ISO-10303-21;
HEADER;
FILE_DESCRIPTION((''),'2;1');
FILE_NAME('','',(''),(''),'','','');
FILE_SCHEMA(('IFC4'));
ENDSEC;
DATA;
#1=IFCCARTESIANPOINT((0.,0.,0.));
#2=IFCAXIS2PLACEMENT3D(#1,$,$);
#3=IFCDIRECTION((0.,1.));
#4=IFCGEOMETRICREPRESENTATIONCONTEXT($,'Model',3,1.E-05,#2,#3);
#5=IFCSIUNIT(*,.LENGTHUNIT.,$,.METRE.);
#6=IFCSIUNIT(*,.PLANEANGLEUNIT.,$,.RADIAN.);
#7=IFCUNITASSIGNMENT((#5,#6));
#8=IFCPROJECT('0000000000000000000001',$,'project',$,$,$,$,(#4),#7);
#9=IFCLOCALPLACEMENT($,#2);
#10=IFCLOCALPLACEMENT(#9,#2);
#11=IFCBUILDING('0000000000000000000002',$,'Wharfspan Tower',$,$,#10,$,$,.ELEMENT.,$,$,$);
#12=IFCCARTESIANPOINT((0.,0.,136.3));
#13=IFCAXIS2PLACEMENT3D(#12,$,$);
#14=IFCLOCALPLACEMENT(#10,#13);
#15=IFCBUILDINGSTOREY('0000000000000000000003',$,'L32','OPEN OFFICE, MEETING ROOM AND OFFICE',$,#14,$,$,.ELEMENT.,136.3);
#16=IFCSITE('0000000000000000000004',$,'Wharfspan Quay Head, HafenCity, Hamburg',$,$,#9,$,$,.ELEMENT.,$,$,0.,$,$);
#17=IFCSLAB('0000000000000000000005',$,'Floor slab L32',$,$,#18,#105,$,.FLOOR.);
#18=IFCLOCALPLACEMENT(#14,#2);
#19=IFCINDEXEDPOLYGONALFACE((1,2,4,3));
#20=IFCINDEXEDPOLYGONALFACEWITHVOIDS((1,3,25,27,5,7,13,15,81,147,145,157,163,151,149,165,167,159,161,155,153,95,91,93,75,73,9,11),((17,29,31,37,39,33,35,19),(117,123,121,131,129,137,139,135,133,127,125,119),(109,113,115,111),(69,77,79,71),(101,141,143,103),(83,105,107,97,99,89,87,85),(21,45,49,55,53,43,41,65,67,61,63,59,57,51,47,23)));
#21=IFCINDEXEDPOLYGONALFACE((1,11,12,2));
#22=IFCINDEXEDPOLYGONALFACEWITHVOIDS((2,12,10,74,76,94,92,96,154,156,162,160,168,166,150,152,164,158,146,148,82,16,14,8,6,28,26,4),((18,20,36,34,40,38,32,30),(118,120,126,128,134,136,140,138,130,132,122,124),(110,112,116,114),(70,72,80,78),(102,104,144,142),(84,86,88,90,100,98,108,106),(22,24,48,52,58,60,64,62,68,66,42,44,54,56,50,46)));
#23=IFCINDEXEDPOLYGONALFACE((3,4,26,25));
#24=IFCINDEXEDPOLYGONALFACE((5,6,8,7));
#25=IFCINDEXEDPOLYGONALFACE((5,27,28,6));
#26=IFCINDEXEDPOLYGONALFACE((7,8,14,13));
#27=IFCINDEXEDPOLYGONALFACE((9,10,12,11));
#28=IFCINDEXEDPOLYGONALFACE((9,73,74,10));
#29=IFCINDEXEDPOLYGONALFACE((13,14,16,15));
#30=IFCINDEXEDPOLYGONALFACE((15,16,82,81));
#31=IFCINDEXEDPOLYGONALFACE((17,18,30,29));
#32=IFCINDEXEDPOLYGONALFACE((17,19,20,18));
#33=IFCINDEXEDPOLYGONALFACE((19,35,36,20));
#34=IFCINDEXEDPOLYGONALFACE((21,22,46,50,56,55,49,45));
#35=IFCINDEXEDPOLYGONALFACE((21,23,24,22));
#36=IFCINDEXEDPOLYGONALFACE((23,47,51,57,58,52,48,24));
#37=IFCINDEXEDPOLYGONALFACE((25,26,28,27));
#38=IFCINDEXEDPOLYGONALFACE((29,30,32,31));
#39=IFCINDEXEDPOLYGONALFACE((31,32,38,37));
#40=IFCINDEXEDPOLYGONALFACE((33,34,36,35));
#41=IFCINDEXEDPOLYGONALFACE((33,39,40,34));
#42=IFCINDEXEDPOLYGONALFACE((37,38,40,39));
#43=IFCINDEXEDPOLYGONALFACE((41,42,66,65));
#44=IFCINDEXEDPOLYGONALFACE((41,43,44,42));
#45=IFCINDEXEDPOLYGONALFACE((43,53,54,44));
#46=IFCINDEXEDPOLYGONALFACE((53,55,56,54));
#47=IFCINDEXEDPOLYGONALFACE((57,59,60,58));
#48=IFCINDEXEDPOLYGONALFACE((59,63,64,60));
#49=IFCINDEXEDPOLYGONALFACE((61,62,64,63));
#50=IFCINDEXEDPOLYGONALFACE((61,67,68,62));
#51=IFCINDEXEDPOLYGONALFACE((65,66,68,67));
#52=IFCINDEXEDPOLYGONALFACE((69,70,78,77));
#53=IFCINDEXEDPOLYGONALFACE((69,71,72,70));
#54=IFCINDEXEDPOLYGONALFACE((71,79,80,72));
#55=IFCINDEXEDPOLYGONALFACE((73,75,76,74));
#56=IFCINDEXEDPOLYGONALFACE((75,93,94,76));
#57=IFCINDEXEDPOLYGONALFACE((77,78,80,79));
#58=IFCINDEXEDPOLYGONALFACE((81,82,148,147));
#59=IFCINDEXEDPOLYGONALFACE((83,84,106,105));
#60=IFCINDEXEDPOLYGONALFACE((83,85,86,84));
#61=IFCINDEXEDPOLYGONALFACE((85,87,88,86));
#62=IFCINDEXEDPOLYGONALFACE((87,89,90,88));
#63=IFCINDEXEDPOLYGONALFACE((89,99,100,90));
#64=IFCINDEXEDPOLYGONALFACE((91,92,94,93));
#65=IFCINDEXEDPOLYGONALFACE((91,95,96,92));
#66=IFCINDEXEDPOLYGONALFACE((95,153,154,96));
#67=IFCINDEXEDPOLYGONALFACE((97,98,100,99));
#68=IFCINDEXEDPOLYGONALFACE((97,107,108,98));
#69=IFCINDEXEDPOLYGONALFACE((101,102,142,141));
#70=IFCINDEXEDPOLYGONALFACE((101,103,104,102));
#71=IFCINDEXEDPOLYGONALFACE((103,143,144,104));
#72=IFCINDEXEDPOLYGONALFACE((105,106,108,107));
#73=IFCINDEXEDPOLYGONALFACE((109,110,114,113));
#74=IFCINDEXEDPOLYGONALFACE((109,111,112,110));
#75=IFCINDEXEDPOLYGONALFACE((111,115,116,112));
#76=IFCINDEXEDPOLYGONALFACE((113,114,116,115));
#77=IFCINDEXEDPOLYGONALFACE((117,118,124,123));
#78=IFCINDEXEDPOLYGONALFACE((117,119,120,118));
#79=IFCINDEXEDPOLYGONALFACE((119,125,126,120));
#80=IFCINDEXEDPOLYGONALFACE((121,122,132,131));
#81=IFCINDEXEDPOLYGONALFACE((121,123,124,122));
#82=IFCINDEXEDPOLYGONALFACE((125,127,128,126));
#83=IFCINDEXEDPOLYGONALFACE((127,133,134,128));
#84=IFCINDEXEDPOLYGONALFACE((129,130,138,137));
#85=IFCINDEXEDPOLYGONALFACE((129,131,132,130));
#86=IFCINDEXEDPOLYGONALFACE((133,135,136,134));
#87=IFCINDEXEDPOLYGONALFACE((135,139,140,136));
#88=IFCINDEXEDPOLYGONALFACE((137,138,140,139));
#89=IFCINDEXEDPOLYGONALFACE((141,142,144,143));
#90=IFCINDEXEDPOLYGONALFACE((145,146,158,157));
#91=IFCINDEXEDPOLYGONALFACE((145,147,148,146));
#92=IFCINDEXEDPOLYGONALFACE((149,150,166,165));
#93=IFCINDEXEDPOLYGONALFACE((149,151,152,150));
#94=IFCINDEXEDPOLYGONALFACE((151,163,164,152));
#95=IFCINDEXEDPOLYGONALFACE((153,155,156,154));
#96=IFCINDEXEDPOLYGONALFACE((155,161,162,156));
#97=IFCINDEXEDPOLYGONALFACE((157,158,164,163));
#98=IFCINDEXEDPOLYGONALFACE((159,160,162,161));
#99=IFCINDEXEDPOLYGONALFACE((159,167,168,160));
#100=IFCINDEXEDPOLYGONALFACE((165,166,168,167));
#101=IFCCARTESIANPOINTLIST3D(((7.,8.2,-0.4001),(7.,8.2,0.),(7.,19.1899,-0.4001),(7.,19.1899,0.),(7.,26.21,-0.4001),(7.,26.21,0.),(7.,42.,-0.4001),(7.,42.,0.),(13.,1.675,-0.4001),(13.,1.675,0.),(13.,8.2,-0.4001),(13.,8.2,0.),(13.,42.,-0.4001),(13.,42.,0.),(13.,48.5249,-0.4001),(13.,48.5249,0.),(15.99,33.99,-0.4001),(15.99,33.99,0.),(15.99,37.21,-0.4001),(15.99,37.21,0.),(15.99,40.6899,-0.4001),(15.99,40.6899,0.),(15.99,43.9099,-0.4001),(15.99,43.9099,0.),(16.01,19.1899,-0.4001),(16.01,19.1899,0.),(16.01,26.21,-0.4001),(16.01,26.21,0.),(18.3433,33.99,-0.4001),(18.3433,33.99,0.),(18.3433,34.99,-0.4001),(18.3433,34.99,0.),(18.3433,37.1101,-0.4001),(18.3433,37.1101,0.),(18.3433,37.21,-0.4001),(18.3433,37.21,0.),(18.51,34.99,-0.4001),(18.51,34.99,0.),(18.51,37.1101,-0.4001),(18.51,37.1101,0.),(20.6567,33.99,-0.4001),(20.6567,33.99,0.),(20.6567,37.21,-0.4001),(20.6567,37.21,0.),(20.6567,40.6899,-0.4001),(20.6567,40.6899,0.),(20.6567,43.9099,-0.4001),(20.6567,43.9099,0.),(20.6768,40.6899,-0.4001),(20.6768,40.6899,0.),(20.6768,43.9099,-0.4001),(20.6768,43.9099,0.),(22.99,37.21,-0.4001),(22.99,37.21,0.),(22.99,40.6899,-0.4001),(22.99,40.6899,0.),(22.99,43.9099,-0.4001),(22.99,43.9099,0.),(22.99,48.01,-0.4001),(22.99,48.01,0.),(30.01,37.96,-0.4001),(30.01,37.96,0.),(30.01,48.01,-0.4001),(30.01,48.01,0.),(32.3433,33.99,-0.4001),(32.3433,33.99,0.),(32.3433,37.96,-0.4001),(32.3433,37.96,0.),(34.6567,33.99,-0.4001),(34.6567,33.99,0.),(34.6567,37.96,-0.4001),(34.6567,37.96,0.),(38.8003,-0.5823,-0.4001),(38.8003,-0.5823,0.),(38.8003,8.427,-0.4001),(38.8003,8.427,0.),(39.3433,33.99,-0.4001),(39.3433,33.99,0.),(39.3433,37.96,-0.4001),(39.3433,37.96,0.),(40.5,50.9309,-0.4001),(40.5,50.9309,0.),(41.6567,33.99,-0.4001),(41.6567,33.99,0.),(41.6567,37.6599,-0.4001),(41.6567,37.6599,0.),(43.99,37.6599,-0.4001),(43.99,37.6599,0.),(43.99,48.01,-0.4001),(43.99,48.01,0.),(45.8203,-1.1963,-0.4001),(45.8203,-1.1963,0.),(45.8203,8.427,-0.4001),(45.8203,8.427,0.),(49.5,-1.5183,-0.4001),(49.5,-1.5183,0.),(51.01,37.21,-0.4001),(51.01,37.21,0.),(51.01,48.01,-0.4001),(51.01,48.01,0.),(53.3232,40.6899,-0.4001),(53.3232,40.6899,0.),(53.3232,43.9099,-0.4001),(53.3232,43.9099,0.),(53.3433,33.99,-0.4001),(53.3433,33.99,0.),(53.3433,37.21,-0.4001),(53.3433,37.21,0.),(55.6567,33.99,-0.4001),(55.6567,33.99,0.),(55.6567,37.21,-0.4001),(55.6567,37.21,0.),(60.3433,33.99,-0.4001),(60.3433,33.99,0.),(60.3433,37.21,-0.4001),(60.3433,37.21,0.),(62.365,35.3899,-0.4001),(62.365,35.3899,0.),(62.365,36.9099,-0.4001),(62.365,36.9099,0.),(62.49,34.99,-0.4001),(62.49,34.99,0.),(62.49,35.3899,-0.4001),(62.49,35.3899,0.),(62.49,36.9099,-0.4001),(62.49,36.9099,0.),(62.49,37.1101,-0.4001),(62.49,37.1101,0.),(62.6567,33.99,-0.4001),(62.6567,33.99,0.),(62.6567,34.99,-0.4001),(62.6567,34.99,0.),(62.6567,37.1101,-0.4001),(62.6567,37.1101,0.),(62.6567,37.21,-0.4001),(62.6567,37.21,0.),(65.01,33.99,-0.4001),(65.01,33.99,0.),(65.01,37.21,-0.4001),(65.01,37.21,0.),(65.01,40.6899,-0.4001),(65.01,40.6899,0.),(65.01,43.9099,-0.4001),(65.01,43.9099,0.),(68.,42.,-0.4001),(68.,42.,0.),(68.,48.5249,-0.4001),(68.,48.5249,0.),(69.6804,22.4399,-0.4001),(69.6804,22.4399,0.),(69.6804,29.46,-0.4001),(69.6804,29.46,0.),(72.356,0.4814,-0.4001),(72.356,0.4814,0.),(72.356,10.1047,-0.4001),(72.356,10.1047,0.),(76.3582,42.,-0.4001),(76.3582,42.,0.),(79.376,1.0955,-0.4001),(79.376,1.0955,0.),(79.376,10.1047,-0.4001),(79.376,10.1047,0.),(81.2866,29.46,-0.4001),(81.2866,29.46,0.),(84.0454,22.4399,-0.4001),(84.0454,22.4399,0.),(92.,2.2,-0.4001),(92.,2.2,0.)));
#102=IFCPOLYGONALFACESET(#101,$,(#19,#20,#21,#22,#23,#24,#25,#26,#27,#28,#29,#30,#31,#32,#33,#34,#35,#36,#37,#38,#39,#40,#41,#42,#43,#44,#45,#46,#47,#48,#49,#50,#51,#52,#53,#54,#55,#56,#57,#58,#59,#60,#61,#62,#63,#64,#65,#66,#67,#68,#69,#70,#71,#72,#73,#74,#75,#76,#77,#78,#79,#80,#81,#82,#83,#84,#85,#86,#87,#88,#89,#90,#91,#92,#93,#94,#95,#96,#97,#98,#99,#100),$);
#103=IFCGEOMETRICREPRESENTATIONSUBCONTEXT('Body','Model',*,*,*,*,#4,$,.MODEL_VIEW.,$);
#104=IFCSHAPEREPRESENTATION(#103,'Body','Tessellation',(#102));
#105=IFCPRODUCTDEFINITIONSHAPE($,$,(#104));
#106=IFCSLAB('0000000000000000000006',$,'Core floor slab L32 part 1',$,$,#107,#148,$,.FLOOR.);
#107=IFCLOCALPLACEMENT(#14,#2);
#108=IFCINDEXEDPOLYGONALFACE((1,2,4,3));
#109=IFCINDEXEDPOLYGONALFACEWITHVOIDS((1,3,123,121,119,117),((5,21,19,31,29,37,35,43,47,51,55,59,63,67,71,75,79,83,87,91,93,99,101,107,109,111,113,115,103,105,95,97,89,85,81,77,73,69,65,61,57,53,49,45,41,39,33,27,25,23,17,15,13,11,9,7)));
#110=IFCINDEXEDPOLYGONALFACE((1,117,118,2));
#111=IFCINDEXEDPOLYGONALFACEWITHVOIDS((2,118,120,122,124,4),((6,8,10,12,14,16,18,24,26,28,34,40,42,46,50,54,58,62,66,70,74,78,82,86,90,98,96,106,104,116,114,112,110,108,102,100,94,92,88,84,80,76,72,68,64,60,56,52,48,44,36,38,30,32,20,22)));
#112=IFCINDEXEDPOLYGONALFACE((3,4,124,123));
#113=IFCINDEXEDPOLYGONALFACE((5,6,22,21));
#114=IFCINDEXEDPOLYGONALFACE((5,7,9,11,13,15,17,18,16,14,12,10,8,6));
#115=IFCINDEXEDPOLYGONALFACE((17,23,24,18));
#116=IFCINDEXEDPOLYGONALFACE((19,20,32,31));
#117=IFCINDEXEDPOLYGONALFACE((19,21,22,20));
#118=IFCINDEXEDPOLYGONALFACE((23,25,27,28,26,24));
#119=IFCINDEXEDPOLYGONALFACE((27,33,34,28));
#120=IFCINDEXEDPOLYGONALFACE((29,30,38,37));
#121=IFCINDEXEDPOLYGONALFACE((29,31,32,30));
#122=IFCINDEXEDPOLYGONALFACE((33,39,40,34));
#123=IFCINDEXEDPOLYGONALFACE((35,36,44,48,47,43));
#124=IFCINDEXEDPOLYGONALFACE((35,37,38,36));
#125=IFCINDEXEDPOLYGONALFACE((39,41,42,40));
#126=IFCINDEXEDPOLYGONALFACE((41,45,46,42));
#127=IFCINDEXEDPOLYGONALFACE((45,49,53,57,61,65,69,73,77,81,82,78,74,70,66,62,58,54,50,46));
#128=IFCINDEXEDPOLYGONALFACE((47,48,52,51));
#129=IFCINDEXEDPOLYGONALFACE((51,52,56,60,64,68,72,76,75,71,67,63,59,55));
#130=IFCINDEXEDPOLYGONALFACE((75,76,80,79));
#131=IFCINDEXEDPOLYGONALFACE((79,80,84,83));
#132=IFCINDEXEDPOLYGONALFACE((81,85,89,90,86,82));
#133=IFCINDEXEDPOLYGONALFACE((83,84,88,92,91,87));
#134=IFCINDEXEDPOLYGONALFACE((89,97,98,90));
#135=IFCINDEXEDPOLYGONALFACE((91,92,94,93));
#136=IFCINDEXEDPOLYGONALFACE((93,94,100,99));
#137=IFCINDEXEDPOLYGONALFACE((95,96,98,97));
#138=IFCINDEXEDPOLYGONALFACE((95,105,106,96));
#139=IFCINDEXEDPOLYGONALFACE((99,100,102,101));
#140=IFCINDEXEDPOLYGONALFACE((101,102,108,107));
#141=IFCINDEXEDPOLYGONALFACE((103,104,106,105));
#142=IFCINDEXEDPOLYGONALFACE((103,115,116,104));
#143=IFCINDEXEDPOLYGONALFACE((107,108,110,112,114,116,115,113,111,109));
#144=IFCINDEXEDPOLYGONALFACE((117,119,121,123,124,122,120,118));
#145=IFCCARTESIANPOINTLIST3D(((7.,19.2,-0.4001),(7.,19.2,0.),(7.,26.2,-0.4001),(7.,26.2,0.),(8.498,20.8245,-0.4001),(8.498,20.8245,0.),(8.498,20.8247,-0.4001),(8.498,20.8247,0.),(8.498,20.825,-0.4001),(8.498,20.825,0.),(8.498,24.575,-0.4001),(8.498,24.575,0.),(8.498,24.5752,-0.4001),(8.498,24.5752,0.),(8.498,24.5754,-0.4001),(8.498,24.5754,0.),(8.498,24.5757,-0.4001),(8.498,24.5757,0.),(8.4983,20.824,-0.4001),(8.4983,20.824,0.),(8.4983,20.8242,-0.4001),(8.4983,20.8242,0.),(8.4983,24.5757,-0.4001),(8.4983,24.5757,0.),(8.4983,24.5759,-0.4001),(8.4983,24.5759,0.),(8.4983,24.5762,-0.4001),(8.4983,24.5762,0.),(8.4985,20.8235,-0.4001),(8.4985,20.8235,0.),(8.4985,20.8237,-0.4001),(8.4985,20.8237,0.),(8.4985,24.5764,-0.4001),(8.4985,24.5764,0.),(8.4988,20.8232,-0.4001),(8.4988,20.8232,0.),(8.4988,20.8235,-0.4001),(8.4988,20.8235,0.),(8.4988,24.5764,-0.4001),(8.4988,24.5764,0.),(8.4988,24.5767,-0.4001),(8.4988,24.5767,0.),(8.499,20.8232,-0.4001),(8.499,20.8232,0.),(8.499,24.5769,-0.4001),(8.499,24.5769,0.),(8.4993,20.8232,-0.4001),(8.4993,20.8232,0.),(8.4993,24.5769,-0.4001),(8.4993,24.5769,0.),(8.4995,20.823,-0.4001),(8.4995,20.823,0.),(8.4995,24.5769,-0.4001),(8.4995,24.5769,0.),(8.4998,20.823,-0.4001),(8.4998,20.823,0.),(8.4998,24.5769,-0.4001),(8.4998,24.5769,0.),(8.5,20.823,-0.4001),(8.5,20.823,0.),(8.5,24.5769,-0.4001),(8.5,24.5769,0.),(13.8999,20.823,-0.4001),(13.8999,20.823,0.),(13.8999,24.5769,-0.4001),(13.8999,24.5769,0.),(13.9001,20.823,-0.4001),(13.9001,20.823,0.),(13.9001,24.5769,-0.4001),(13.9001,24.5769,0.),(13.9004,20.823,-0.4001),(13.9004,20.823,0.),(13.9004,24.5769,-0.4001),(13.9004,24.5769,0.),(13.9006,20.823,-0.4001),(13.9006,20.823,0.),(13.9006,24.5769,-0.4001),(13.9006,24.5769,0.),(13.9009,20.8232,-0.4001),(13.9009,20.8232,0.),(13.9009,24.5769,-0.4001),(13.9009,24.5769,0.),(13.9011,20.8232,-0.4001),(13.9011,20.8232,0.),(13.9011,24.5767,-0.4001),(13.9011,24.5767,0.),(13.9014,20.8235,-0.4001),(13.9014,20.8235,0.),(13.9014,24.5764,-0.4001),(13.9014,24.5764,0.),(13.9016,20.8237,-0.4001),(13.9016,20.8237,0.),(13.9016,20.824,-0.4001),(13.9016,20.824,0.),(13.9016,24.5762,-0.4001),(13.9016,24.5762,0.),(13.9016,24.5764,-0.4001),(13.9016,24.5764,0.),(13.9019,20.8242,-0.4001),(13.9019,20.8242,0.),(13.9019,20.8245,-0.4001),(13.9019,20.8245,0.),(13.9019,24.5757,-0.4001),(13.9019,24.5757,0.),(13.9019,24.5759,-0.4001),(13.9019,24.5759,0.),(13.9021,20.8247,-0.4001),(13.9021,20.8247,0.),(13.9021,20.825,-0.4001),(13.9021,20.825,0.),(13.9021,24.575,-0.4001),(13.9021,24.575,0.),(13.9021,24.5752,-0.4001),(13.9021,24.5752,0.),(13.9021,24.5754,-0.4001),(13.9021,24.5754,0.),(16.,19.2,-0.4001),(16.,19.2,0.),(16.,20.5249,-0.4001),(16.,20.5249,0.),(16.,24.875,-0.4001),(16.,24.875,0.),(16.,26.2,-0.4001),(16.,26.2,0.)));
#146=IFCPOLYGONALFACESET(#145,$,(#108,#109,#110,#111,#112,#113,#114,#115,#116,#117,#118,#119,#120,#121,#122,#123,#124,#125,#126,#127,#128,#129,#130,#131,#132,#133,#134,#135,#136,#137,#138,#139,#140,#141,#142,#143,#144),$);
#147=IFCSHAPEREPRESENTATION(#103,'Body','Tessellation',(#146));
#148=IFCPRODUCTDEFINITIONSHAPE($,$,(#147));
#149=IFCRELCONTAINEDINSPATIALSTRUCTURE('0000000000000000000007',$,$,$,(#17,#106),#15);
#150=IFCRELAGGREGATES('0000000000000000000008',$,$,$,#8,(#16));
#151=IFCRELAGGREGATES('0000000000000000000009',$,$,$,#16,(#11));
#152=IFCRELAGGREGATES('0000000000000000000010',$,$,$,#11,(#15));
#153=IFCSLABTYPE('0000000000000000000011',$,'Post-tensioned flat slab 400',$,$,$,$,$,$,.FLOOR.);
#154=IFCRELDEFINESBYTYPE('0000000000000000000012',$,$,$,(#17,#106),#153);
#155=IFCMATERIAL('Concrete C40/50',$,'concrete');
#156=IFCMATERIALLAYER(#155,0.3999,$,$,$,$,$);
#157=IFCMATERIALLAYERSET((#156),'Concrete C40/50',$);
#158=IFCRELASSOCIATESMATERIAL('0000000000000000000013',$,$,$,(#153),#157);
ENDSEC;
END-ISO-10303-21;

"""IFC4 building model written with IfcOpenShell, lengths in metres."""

from ifc_helpers import new_model, si_unit, direction, frame, origin, place, context, subcontext, project, spatial, polyline, outline, extrude, material, layer, layer_set, type_object, element, save


model = new_model("IFC4")

# Units and contexts
model_context = context("Model", 3, precision=1e-05, world=origin(), true_north=direction((0.0, 1.0)))
body_context = subcontext(model_context, "Body", "Model", "MODEL_VIEW")
ifc_project = project(units=[si_unit("LENGTHUNIT", "METRE"), si_unit("PLANEANGLEUNIT", "RADIAN")], contexts=[model_context])

# Site, building, storey
site_placement = place(None, origin())
site = spatial("IfcSite", under=ifc_project, at=site_placement, Name="Wharfspan Quay Head, HafenCity, Hamburg", CompositionType="ELEMENT", RefElevation=0.0)
building_placement = place(site_placement, origin())
building = spatial("IfcBuilding", under=site, at=building_placement, Name="Wharfspan Tower", CompositionType="ELEMENT")
storey_placement = place(building_placement, frame((0.0, 0.0, 136.3)))
storey = spatial("IfcBuildingStorey", under=building, at=storey_placement, Name="L32", Description="OPEN OFFICE, MEETING ROOM AND OFFICE", CompositionType="ELEMENT", Elevation=136.3)

# Slabs
ifc_material_1 = material(Name="Concrete C40/50", Category="concrete")
ifc_layer_1 = layer(ifc_material_1, 0.3999)
ifc_layer_set_1 = layer_set([ifc_layer_1], Name="Concrete C40/50")
slab_type_1 = type_object("IfcSlabType", Name="Post-tensioned flat slab 400", PredefinedType="FLOOR", material=ifc_layer_set_1)
slab_1_placement = place(storey_placement, frame((0.0, 0.0, -0.4001)))
element("IfcSlab", 1, at=slab_1_placement, inside=storey, type_object=slab_type_1, Name="Floor slab L32", PredefinedType="FLOOR", context=body_context, shape_type="SweptSolid", body=[
    extrude(outline(polyline([(38.8003, -0.5823), (38.8003, 8.427), (45.8203, 8.427), (45.8203, -1.1963), (49.5, -1.5183), (72.356, 0.4814), (72.356, 10.1047), (79.376, 10.1047), (79.376, 1.0955), (92.0, 2.2), (84.0454, 22.4399), (69.6804, 22.4399), (69.6804, 29.46), (81.2866, 29.46), (76.3582, 42.0), (68.0, 42.0), (68.0, 48.5249), (40.5, 50.9309), (13.0, 48.5249), (13.0, 42.0), (7.0, 42.0), (7.0, 26.21), (16.01, 26.21), (16.01, 19.1899), (7.0, 19.1899), (7.0, 8.2), (13.0, 8.2), (13.0, 1.675), (38.8003, -0.5823)]), holes=[polyline([(62.49, 35.3899), (62.365, 35.3899), (62.365, 36.9099), (62.49, 36.9099), (62.49, 37.1101), (62.6567, 37.1101), (62.6567, 37.21), (65.01, 37.21), (65.01, 33.99), (62.6567, 33.99), (62.6567, 34.99), (62.49, 34.99), (62.49, 35.3899)]), polyline([(65.01, 43.9099), (65.01, 40.6899), (53.3232, 40.6899), (53.3232, 43.9099), (65.01, 43.9099)]), polyline([(55.6567, 33.99), (55.6567, 37.21), (60.3433, 37.21), (60.3433, 33.99), (55.6567, 33.99)]), polyline([(43.99, 37.6599), (43.99, 48.01), (51.01, 48.01), (51.01, 37.21), (53.3433, 37.21), (53.3433, 33.99), (41.6567, 33.99), (41.6567, 37.6599), (43.99, 37.6599)]), polyline([(34.6567, 33.99), (34.6567, 37.96), (39.3433, 37.96), (39.3433, 33.99), (34.6567, 33.99)]), polyline([(20.6567, 37.21), (22.99, 37.21), (22.99, 40.6899), (20.6768, 40.6899), (20.6567, 40.6899), (15.99, 40.6899), (15.99, 43.9099), (20.6567, 43.9099), (20.6768, 43.9099), (22.99, 43.9099), (22.99, 48.01), (30.01, 48.01), (30.01, 37.96), (32.3433, 37.96), (32.3433, 33.99), (20.6567, 33.99), (20.6567, 37.21)]), polyline([(18.51, 34.99), (18.3433, 34.99), (18.3433, 33.99), (15.99, 33.99), (15.99, 37.21), (18.3433, 37.21), (18.3433, 37.1101), (18.51, 37.1101), (18.51, 34.99)])]), origin(), (0.0, 0.0, 1.0), 0.4001),
])
slab_2_placement = place(storey_placement, frame((0.0, 0.0, -0.4001)))
element("IfcSlab", 2, at=slab_2_placement, inside=storey, type_object=slab_type_1, Name="Core floor slab L32 part 1", PredefinedType="FLOOR", context=body_context, shape_type="SweptSolid", body=[
    extrude(outline(polyline([(16.0, 20.5249), (16.0, 24.875), (16.0, 26.2), (7.0, 26.2), (7.0, 19.2), (16.0, 19.2), (16.0, 20.5249)]), holes=[polyline([(13.9021, 20.825), (13.9021, 20.8247), (13.9021, 20.8247), (13.9019, 20.8245), (13.9019, 20.8242), (13.9019, 20.8242), (13.9016, 20.824), (13.9016, 20.8237), (13.9014, 20.8235), (13.9014, 20.8235), (13.9011, 20.8232), (13.9009, 20.8232), (13.9009, 20.8232), (13.9006, 20.823), (13.9004, 20.823), (13.9001, 20.823), (13.8999, 20.823), (8.5, 20.823), (8.4998, 20.823), (8.4995, 20.823), (8.4995, 20.823), (8.4993, 20.8232), (8.499, 20.8232), (8.4988, 20.8232), (8.4988, 20.8235), (8.4985, 20.8235), (8.4985, 20.8237), (8.4983, 20.824), (8.4983, 20.8242), (8.4983, 20.8242), (8.498, 20.8245), (8.498, 20.8247), (8.498, 20.8247), (8.498, 20.825), (8.498, 24.575), (8.498, 24.5752), (8.498, 24.5754), (8.498, 24.5757), (8.4983, 24.5757), (8.4983, 24.5759), (8.4983, 24.5762), (8.4985, 24.5764), (8.4985, 24.5764), (8.4988, 24.5764), (8.4988, 24.5767), (8.499, 24.5769), (8.4993, 24.5769), (8.4995, 24.5769), (8.4995, 24.5769), (8.4998, 24.5769), (8.5, 24.5769), (13.8999, 24.5769), (13.9001, 24.5769), (13.9004, 24.5769), (13.9006, 24.5769), (13.9009, 24.5769), (13.9009, 24.5769), (13.9011, 24.5767), (13.9014, 24.5764), (13.9014, 24.5764), (13.9016, 24.5764), (13.9016, 24.5762), (13.9019, 24.5759), (13.9019, 24.5757), (13.9019, 24.5757), (13.9021, 24.5754), (13.9021, 24.5752), (13.9021, 24.575), (13.9021, 20.825)])]), origin(), (0.0, 0.0, 1.0), 0.4001),
])

save(model, "model.ifc")
